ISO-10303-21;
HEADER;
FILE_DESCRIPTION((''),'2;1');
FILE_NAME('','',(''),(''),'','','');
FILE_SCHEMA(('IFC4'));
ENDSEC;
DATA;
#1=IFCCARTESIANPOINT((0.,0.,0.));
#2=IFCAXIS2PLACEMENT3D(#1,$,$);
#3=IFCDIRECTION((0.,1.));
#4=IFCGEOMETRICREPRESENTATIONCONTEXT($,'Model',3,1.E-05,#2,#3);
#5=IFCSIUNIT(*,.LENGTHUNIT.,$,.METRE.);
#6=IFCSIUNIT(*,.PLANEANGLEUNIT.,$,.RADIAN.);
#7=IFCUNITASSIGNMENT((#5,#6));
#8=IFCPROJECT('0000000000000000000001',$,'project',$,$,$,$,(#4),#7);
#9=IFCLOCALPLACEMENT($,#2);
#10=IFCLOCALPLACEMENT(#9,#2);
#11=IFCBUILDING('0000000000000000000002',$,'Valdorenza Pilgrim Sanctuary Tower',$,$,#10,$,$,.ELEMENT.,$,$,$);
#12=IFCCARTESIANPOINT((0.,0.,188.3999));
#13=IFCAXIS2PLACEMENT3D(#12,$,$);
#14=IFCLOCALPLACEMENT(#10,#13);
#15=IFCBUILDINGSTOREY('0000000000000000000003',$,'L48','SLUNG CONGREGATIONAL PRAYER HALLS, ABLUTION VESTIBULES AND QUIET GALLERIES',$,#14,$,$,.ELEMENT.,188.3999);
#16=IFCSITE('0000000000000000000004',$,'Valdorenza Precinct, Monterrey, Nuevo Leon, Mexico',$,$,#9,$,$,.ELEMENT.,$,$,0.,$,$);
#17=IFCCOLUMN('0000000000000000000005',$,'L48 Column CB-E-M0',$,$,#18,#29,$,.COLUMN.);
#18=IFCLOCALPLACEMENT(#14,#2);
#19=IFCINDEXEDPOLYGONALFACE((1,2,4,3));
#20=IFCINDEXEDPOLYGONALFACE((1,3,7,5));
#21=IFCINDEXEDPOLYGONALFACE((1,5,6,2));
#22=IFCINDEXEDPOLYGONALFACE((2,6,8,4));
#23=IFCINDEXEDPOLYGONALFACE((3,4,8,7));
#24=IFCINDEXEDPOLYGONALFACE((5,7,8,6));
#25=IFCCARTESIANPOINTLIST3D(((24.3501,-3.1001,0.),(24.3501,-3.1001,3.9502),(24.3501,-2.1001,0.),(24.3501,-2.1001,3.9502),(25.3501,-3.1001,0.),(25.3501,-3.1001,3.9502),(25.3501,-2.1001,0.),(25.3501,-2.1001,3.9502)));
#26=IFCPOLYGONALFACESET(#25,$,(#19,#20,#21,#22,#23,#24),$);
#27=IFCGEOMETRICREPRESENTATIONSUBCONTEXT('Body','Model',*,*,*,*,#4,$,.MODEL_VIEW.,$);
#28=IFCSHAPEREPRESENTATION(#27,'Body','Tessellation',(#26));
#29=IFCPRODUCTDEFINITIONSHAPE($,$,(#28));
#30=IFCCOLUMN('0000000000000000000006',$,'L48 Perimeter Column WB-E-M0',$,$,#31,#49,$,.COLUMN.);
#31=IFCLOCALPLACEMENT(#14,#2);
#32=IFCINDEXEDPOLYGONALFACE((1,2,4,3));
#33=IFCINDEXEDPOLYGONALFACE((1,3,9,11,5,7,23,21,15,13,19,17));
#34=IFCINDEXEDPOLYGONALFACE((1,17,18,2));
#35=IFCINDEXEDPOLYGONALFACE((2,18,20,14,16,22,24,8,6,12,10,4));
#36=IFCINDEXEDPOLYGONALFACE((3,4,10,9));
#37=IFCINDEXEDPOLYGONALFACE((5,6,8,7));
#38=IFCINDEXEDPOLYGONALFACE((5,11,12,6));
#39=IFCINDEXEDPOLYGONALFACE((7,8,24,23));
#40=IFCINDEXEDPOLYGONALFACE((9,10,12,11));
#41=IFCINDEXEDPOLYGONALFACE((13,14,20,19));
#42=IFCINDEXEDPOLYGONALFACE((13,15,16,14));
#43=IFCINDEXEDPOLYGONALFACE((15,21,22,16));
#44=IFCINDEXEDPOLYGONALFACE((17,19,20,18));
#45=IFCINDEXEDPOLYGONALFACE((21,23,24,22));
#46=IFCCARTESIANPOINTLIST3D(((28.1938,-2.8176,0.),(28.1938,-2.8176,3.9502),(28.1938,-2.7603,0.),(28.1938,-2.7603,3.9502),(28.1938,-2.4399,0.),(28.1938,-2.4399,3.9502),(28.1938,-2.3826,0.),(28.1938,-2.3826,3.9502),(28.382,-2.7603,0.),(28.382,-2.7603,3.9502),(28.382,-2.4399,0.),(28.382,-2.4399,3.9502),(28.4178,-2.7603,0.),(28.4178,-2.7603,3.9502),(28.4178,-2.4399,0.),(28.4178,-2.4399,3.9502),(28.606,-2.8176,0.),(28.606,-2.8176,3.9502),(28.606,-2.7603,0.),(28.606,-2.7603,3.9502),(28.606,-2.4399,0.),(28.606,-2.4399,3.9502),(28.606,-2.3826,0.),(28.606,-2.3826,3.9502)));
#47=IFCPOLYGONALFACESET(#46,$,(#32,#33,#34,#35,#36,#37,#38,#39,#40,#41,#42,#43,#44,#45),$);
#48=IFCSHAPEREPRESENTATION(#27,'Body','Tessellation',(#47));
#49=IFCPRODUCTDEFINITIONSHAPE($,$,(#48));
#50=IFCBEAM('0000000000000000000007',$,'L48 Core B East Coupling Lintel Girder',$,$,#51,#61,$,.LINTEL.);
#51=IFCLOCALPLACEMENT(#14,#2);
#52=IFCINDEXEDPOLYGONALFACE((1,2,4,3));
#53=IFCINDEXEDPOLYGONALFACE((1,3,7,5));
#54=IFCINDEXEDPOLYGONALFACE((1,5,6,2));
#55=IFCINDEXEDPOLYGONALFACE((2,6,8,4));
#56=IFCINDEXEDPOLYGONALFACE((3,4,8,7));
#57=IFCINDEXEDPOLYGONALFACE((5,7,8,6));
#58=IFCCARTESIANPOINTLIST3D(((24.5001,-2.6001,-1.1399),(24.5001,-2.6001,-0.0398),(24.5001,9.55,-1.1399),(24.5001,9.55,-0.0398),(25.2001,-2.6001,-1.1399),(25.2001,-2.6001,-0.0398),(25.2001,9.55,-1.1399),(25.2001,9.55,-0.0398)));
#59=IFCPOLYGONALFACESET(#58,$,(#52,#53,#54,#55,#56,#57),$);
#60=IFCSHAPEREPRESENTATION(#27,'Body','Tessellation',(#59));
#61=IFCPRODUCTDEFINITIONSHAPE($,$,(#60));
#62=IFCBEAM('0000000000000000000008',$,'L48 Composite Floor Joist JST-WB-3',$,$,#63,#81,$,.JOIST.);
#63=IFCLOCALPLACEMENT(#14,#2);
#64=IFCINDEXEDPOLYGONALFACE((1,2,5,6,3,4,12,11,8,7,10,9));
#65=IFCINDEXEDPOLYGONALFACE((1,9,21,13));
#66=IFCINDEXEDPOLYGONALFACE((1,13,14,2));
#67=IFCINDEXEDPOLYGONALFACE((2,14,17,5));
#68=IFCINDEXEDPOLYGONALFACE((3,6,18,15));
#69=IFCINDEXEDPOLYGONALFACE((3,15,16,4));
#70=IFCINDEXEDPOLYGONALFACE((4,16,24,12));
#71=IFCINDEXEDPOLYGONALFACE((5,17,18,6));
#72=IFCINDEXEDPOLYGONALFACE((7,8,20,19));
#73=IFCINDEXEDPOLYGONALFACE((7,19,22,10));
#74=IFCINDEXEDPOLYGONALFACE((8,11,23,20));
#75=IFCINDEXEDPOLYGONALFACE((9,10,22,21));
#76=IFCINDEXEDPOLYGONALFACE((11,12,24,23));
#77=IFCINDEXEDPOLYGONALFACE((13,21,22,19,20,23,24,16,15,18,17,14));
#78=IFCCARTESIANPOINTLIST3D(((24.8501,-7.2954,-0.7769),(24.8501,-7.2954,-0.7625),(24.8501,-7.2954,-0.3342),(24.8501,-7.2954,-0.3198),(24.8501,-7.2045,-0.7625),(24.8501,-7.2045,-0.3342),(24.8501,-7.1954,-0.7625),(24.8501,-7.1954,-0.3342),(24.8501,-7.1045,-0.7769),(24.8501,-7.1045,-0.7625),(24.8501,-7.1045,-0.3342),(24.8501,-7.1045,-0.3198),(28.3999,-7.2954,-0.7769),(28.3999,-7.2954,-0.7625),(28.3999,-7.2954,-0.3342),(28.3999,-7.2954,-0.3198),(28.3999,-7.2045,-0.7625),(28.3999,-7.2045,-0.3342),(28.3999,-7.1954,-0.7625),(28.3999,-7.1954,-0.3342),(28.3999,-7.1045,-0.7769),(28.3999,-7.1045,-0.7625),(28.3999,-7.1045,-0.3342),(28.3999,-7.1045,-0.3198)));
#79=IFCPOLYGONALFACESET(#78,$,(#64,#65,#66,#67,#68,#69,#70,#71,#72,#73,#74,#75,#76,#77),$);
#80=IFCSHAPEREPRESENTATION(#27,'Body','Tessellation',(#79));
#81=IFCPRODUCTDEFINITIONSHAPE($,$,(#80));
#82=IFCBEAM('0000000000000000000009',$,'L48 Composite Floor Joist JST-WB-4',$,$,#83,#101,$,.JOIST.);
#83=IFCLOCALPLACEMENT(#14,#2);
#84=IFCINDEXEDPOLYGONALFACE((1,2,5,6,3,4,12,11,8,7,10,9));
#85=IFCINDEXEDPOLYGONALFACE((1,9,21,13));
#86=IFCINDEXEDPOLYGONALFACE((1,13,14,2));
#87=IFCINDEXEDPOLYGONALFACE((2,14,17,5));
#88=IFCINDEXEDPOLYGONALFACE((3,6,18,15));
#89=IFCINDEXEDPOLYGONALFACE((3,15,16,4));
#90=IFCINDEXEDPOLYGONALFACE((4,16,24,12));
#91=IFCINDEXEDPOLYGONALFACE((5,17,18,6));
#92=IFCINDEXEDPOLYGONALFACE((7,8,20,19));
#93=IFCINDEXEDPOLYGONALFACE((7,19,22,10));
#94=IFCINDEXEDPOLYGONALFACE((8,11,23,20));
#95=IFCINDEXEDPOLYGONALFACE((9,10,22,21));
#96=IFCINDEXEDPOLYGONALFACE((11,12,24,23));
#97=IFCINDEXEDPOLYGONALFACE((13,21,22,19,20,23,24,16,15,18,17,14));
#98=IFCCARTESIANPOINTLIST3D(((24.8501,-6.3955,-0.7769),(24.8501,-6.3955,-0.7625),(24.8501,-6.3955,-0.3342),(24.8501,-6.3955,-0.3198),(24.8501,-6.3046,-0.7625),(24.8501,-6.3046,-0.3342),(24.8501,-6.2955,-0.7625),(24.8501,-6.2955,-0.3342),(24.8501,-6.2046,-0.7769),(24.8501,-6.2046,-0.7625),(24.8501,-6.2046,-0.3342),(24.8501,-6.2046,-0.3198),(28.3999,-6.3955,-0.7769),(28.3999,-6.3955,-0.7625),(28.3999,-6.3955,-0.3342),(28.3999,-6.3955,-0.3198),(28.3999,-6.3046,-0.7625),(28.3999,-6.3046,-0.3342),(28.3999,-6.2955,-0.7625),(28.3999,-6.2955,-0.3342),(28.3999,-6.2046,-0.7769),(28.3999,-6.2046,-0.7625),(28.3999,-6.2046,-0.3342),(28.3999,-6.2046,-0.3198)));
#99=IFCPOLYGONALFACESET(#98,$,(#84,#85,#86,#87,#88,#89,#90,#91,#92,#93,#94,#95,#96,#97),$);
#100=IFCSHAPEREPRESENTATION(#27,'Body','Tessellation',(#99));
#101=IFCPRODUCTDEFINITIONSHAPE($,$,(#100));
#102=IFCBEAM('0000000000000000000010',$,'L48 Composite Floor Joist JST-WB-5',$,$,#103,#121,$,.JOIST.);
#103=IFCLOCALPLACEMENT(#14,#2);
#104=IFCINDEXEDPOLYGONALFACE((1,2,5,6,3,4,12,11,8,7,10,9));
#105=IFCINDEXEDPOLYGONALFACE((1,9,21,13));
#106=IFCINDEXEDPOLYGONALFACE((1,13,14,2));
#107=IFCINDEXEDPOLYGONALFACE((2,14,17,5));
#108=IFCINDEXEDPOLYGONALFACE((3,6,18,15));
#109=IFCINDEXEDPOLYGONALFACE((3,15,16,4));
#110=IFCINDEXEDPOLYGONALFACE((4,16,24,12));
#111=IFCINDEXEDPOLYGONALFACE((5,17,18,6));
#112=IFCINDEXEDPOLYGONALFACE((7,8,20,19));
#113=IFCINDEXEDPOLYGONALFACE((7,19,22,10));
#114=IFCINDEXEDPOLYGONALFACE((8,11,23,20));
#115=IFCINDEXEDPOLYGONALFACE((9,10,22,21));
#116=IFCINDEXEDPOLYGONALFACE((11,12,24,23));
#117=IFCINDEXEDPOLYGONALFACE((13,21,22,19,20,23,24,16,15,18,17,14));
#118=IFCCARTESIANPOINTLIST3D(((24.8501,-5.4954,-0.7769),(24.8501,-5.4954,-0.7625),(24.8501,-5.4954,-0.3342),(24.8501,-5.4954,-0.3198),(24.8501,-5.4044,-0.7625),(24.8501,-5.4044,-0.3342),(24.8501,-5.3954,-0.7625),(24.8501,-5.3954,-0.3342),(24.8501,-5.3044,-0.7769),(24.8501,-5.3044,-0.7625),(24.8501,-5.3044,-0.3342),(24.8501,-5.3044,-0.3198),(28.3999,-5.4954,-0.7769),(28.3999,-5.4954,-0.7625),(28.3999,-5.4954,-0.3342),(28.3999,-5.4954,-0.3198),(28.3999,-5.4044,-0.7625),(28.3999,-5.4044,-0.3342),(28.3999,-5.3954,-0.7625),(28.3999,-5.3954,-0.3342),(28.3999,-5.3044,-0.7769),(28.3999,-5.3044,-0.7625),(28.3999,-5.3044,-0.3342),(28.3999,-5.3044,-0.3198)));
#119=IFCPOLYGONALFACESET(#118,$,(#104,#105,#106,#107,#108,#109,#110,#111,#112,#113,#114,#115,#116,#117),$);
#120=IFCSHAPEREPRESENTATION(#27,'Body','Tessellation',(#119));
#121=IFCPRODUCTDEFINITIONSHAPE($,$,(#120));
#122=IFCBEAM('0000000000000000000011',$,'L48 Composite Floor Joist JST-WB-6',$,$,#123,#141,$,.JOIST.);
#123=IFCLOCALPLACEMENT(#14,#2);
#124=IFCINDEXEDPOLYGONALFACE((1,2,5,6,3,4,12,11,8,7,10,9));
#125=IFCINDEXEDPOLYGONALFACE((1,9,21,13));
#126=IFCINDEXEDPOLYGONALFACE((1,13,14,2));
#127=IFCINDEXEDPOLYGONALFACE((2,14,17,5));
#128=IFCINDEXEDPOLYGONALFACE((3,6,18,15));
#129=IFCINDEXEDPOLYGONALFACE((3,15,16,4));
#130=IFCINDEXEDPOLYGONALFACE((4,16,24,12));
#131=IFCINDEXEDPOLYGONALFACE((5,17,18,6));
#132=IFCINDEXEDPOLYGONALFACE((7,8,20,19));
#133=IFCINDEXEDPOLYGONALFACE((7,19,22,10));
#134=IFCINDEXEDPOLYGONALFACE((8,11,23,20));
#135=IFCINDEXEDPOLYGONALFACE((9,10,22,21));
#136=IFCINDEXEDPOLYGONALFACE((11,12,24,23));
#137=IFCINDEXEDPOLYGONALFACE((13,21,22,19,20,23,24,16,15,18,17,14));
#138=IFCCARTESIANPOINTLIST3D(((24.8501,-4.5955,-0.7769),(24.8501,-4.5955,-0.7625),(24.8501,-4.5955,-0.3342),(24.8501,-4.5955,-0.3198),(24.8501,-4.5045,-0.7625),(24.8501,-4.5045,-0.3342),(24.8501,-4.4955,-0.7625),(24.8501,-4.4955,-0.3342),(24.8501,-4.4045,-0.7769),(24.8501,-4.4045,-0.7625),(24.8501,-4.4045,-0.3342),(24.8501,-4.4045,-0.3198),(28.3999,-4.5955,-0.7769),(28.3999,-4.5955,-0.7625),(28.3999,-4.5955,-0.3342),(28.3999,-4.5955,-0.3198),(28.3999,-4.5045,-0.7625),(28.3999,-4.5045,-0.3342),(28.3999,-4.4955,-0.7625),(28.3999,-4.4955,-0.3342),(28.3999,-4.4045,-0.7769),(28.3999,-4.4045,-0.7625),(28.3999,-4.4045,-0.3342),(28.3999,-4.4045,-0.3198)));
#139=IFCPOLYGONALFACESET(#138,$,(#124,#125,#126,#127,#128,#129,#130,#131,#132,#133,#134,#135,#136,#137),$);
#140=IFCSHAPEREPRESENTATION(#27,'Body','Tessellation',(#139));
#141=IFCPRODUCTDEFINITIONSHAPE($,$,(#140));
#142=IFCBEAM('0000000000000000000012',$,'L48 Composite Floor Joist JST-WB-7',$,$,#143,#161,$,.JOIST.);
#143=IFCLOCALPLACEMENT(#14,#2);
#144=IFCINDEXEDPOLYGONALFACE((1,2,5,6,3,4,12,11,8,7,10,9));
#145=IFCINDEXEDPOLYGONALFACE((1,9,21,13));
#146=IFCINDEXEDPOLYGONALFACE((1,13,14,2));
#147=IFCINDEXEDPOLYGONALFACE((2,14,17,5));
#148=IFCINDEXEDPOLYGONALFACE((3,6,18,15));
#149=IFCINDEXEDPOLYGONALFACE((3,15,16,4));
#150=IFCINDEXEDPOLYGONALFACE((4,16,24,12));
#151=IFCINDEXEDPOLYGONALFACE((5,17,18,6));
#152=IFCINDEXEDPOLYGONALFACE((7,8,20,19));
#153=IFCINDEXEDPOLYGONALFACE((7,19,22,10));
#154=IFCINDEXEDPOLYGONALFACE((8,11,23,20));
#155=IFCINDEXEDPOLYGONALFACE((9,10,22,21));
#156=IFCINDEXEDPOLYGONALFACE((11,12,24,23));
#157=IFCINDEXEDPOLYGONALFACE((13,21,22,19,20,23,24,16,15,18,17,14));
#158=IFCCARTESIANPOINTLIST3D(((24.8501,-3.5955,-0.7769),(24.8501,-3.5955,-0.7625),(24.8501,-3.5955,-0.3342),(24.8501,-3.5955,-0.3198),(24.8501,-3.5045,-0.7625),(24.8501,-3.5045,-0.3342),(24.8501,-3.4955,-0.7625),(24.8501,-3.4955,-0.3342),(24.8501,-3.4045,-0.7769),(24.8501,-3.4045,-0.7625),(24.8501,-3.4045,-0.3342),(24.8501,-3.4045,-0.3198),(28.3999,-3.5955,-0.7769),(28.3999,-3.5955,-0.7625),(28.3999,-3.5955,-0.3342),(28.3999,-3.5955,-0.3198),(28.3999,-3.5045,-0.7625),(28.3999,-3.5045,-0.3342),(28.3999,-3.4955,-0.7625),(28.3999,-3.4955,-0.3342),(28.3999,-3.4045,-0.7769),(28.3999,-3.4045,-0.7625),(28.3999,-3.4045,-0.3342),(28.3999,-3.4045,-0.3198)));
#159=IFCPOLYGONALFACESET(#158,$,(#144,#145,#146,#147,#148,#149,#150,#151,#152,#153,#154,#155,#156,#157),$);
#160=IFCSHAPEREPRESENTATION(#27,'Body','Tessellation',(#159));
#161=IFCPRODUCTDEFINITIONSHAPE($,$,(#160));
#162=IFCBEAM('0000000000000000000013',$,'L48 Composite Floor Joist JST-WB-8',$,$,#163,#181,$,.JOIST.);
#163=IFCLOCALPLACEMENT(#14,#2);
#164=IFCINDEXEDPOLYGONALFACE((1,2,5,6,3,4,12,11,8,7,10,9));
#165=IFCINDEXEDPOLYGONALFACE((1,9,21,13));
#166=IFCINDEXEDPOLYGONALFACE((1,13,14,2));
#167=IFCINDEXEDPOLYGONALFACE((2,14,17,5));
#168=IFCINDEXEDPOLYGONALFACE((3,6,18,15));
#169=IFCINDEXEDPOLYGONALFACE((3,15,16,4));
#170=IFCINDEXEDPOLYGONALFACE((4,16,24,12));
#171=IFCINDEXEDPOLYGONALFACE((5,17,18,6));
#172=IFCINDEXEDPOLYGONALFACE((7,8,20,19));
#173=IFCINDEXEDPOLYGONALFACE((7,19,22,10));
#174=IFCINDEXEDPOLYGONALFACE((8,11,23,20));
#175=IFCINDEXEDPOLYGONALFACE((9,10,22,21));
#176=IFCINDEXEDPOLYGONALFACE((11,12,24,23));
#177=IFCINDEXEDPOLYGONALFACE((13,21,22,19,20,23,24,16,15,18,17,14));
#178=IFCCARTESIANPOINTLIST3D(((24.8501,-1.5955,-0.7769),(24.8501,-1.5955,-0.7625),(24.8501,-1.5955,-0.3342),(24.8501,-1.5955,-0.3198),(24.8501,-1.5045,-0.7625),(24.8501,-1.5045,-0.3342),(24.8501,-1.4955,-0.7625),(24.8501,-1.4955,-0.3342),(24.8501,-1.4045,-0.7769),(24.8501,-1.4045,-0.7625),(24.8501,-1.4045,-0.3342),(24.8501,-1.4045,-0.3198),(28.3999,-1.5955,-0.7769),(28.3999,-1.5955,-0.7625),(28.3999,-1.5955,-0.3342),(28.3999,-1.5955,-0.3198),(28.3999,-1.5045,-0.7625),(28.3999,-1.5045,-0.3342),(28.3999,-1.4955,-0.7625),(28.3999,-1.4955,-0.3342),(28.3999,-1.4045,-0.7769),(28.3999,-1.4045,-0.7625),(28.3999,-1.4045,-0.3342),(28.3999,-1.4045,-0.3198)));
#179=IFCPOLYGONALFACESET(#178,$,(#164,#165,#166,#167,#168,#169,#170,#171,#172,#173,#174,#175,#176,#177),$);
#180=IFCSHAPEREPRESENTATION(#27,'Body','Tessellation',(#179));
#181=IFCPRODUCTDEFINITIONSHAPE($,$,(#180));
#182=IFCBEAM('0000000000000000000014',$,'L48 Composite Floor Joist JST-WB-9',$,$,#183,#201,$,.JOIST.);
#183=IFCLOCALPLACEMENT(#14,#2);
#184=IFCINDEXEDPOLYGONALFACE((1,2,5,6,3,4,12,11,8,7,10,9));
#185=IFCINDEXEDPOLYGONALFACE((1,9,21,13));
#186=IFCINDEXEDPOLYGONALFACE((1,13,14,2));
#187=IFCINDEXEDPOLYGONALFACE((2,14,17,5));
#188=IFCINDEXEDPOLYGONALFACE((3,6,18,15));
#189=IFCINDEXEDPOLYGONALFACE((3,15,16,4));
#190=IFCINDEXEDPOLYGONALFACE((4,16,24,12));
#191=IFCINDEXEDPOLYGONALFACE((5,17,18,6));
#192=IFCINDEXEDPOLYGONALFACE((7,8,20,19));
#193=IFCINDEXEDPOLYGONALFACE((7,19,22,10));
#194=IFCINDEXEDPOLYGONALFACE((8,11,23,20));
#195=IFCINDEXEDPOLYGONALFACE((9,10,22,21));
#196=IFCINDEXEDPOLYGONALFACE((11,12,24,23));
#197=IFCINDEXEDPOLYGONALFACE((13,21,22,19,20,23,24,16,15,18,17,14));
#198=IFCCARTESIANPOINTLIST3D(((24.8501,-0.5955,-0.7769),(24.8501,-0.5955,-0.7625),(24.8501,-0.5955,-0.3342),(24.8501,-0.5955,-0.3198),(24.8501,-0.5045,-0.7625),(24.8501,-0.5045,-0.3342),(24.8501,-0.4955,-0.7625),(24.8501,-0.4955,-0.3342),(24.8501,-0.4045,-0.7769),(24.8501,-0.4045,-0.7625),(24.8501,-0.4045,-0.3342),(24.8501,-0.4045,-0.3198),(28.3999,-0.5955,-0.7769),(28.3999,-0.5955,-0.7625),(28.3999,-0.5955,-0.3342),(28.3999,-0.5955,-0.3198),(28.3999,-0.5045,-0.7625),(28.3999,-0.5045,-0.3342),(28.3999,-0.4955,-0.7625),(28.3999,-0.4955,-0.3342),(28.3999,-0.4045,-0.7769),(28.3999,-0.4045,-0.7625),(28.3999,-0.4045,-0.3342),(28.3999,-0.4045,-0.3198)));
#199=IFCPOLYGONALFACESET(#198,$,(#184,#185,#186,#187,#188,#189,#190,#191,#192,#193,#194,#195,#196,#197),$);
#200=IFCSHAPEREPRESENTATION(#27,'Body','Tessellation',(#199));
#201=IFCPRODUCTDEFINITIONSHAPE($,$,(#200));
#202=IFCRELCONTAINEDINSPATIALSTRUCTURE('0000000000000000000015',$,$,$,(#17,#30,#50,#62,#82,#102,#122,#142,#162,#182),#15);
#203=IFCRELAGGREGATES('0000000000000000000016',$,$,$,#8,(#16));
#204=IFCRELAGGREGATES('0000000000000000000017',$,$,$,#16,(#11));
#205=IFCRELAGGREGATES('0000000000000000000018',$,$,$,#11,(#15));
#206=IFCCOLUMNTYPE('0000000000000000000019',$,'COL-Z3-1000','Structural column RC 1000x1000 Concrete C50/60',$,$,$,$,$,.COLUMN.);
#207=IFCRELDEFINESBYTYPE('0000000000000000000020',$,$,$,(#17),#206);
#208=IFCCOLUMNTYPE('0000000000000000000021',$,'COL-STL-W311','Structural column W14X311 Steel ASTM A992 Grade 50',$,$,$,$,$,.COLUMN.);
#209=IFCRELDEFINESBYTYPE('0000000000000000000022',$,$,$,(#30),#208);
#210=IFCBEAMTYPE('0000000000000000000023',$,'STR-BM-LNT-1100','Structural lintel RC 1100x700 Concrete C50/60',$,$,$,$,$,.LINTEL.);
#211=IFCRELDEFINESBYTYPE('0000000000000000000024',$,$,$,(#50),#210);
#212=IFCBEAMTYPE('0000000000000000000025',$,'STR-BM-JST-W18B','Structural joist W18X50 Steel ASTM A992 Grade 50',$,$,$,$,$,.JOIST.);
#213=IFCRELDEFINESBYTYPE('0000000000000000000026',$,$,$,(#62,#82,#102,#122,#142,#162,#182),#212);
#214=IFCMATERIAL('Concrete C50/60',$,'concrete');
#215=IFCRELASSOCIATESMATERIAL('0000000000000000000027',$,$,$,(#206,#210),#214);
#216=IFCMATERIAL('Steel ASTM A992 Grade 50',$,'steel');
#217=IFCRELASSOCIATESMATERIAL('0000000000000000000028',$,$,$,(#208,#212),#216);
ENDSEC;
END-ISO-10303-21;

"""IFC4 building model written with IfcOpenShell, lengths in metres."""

from ifc_helpers import new_model, si_unit, direction, frame, origin, origin_2d, place, context, subcontext, project, spatial, rectangle, i_section, extrude, source, transform, mapped, material, material_profile, profile_set, type_object, element, save


model = new_model("IFC4")

# Units and contexts
model_context = context("Model", 3, precision=1e-05, world=origin(), true_north=direction((0.0, 1.0)))
body_context = subcontext(model_context, "Body", "Model", "MODEL_VIEW")
ifc_project = project(units=[si_unit("LENGTHUNIT", "METRE"), si_unit("PLANEANGLEUNIT", "RADIAN")], contexts=[model_context])

# Site, building, storey
site_placement = place(None, origin())
site = spatial("IfcSite", under=ifc_project, at=site_placement, Name="Valdorenza Precinct, Monterrey, Nuevo Leon, Mexico", CompositionType="ELEMENT", RefElevation=0.0)
building_placement = place(site_placement, origin())
building = spatial("IfcBuilding", under=site, at=building_placement, Name="Valdorenza Pilgrim Sanctuary Tower", CompositionType="ELEMENT")
storey_placement = place(building_placement, frame((0.0, 0.0, 188.3999)))
storey = spatial("IfcBuildingStorey", under=building, at=storey_placement, Name="L48", Description="SLUNG CONGREGATIONAL PRAYER HALLS, ABLUTION VESTIBULES AND QUIET GALLERIES", CompositionType="ELEMENT", Elevation=188.3999)

# Columns
ifc_material_1 = material(Name="Concrete C50/60", Category="concrete")
ifc_material_profile_1 = material_profile(ifc_material_1, rectangle(XDim=1.0, YDim=1.0, at=origin_2d()), Name="RC 1000x1000")
ifc_profile_set_1 = profile_set([ifc_material_profile_1], Name="Concrete C50/60")
column_type_1 = type_object("IfcColumnType", Name="COL-Z3-1000", Description="Structural column RC 1000x1000 Concrete C50/60", PredefinedType="COLUMN", material=ifc_profile_set_1)
shared_shape_1 = source(origin(), body_context, "Body", "SweptSolid", [
    extrude(rectangle(XDim=1.0, YDim=1.0, at=origin_2d()), origin(), (0.0, 0.0, 1.0), 3.9502),
])
column_1_placement = place(storey_placement, frame((24.8501, -2.6001, 0.0), z_axis=(0.0, 0.0, 1.0), x_axis=(1.0, 0.0, 0.0)))
element("IfcColumn", 1, at=column_1_placement, inside=storey, type_object=column_type_1, Name="L48 Column CB-E-M0", PredefinedType="COLUMN", context=body_context, shape_type="MappedRepresentation", body=[
    mapped(shared_shape_1, transform((0.0, 0.0, 0.0), x_axis=(1.0, 0.0, 0.0), y_axis=(0.0, 1.0, 0.0), z_axis=(0.0, 0.0, 1.0), scale=1.0)),
])
ifc_material_2 = material(Name="Steel ASTM A992 Grade 50", Category="steel")
ifc_material_profile_2 = material_profile(ifc_material_2, i_section(OverallWidth=0.4121, OverallDepth=0.4351, WebThickness=0.0359, FlangeThickness=0.0574, at=origin_2d()), Name="W14X311")
ifc_profile_set_2 = profile_set([ifc_material_profile_2], Name="Steel ASTM A992 Grade 50")
column_type_2 = type_object("IfcColumnType", Name="COL-STL-W311", Description="Structural column W14X311 Steel ASTM A992 Grade 50", PredefinedType="COLUMN", material=ifc_profile_set_2)
shared_shape_2 = source(origin(), body_context, "Body", "SweptSolid", [
    extrude(i_section(OverallWidth=0.4121, OverallDepth=0.4351, WebThickness=0.0359, FlangeThickness=0.0574, at=origin_2d()), origin(), (0.0, 0.0, 1.0), 3.9502),
])
column_2_placement = place(storey_placement, frame((28.3999, -2.6001, 0.0), z_axis=(0.0, 0.0, 1.0), x_axis=(1.0, 0.0, 0.0)))
element("IfcColumn", 2, at=column_2_placement, inside=storey, type_object=column_type_2, Name="L48 Perimeter Column WB-E-M0", PredefinedType="COLUMN", context=body_context, shape_type="MappedRepresentation", body=[
    mapped(shared_shape_2, transform((0.0, 0.0, 0.0), x_axis=(1.0, 0.0, 0.0), y_axis=(0.0, 1.0, 0.0), z_axis=(0.0, 0.0, 1.0), scale=1.0)),
])

# Beams
ifc_material_profile_3 = material_profile(ifc_material_1, rectangle(XDim=0.7, YDim=1.1001, at=origin_2d()), Name="RC 1100x700")
ifc_profile_set_3 = profile_set([ifc_material_profile_3], Name="Concrete C50/60")
beam_type_1 = type_object("IfcBeamType", Name="STR-BM-LNT-1100", Description="Structural lintel RC 1100x700 Concrete C50/60", PredefinedType="LINTEL", material=ifc_profile_set_3)
shared_shape_3 = source(origin(), body_context, "Body", "SweptSolid", [
    extrude(rectangle(XDim=0.7, YDim=1.1001, at=origin_2d()), origin(), (0.0, 0.0, 1.0), 12.1501),
])
beam_1_placement = place(storey_placement, frame((24.8501, -2.6001, -0.5898), z_axis=(0.0, 1.0, 0.0), x_axis=(-1.0, 0.0, 0.0)))
element("IfcBeam", 3, at=beam_1_placement, inside=storey, type_object=beam_type_1, Name="L48 Core B East Coupling Lintel Girder", PredefinedType="LINTEL", context=body_context, shape_type="MappedRepresentation", body=[
    mapped(shared_shape_3, transform((0.0, 0.0, 0.0), x_axis=(1.0, 0.0, 0.0), y_axis=(0.0, 1.0, 0.0), z_axis=(0.0, 0.0, 1.0), scale=1.0)),
])
ifc_material_profile_4 = material_profile(ifc_material_2, i_section(OverallWidth=0.1909, OverallDepth=0.457, WebThickness=0.009, FlangeThickness=0.0144, at=origin_2d()), Name="W18X50")
ifc_profile_set_4 = profile_set([ifc_material_profile_4], Name="Steel ASTM A992 Grade 50")
beam_type_2 = type_object("IfcBeamType", Name="STR-BM-JST-W18B", Description="Structural joist W18X50 Steel ASTM A992 Grade 50", PredefinedType="JOIST", material=ifc_profile_set_4)
shared_shape_4 = source(origin(), body_context, "Body", "SweptSolid", [
    extrude(i_section(OverallWidth=0.1909, OverallDepth=0.457, WebThickness=0.009, FlangeThickness=0.0144, at=origin_2d()), origin(), (0.0, 0.0, 1.0), 3.5498),
])
for number, where, z_axis, x_axis, name in (
    (4, (24.8501, -7.2, -0.5483), (1.0, 0.0, 0.0), (0.0, 1.0, 0.0), "L48 Composite Floor Joist JST-WB-3"),
    (5, (24.8501, -6.3, -0.5483), (1.0, 0.0, 0.0), (0.0, 1.0, 0.0), "L48 Composite Floor Joist JST-WB-4"),
    (6, (24.8501, -5.3999, -0.5483), (1.0, 0.0, 0.0), (0.0, 1.0, 0.0), "L48 Composite Floor Joist JST-WB-5"),
    (7, (24.8501, -4.5, -0.5483), (1.0, 0.0, 0.0), (0.0, 1.0, 0.0), "L48 Composite Floor Joist JST-WB-6"),
    (8, (24.8501, -3.5, -0.5483), (1.0, 0.0, 0.0), (0.0, 1.0, 0.0), "L48 Composite Floor Joist JST-WB-7"),
    (9, (24.8501, -1.5, -0.5483), (1.0, 0.0, 0.0), (0.0, 1.0, 0.0), "L48 Composite Floor Joist JST-WB-8"),
    (10, (24.8501, -0.5, -0.5483), (1.0, 0.0, 0.0), (0.0, 1.0, 0.0), "L48 Composite Floor Joist JST-WB-9"),
):
    element("IfcBeam", number, at=place(storey_placement, frame(where, z_axis=z_axis, x_axis=x_axis)), inside=storey, type_object=beam_type_2, Name=name, PredefinedType="JOIST", context=body_context, shape_type="MappedRepresentation", body=[
        mapped(shared_shape_4, transform((0.0, 0.0, 0.0), x_axis=(1.0, 0.0, 0.0), y_axis=(0.0, 1.0, 0.0), z_axis=(0.0, 0.0, 1.0), scale=1.0)),
    ])

save(model, "model.ifc")
